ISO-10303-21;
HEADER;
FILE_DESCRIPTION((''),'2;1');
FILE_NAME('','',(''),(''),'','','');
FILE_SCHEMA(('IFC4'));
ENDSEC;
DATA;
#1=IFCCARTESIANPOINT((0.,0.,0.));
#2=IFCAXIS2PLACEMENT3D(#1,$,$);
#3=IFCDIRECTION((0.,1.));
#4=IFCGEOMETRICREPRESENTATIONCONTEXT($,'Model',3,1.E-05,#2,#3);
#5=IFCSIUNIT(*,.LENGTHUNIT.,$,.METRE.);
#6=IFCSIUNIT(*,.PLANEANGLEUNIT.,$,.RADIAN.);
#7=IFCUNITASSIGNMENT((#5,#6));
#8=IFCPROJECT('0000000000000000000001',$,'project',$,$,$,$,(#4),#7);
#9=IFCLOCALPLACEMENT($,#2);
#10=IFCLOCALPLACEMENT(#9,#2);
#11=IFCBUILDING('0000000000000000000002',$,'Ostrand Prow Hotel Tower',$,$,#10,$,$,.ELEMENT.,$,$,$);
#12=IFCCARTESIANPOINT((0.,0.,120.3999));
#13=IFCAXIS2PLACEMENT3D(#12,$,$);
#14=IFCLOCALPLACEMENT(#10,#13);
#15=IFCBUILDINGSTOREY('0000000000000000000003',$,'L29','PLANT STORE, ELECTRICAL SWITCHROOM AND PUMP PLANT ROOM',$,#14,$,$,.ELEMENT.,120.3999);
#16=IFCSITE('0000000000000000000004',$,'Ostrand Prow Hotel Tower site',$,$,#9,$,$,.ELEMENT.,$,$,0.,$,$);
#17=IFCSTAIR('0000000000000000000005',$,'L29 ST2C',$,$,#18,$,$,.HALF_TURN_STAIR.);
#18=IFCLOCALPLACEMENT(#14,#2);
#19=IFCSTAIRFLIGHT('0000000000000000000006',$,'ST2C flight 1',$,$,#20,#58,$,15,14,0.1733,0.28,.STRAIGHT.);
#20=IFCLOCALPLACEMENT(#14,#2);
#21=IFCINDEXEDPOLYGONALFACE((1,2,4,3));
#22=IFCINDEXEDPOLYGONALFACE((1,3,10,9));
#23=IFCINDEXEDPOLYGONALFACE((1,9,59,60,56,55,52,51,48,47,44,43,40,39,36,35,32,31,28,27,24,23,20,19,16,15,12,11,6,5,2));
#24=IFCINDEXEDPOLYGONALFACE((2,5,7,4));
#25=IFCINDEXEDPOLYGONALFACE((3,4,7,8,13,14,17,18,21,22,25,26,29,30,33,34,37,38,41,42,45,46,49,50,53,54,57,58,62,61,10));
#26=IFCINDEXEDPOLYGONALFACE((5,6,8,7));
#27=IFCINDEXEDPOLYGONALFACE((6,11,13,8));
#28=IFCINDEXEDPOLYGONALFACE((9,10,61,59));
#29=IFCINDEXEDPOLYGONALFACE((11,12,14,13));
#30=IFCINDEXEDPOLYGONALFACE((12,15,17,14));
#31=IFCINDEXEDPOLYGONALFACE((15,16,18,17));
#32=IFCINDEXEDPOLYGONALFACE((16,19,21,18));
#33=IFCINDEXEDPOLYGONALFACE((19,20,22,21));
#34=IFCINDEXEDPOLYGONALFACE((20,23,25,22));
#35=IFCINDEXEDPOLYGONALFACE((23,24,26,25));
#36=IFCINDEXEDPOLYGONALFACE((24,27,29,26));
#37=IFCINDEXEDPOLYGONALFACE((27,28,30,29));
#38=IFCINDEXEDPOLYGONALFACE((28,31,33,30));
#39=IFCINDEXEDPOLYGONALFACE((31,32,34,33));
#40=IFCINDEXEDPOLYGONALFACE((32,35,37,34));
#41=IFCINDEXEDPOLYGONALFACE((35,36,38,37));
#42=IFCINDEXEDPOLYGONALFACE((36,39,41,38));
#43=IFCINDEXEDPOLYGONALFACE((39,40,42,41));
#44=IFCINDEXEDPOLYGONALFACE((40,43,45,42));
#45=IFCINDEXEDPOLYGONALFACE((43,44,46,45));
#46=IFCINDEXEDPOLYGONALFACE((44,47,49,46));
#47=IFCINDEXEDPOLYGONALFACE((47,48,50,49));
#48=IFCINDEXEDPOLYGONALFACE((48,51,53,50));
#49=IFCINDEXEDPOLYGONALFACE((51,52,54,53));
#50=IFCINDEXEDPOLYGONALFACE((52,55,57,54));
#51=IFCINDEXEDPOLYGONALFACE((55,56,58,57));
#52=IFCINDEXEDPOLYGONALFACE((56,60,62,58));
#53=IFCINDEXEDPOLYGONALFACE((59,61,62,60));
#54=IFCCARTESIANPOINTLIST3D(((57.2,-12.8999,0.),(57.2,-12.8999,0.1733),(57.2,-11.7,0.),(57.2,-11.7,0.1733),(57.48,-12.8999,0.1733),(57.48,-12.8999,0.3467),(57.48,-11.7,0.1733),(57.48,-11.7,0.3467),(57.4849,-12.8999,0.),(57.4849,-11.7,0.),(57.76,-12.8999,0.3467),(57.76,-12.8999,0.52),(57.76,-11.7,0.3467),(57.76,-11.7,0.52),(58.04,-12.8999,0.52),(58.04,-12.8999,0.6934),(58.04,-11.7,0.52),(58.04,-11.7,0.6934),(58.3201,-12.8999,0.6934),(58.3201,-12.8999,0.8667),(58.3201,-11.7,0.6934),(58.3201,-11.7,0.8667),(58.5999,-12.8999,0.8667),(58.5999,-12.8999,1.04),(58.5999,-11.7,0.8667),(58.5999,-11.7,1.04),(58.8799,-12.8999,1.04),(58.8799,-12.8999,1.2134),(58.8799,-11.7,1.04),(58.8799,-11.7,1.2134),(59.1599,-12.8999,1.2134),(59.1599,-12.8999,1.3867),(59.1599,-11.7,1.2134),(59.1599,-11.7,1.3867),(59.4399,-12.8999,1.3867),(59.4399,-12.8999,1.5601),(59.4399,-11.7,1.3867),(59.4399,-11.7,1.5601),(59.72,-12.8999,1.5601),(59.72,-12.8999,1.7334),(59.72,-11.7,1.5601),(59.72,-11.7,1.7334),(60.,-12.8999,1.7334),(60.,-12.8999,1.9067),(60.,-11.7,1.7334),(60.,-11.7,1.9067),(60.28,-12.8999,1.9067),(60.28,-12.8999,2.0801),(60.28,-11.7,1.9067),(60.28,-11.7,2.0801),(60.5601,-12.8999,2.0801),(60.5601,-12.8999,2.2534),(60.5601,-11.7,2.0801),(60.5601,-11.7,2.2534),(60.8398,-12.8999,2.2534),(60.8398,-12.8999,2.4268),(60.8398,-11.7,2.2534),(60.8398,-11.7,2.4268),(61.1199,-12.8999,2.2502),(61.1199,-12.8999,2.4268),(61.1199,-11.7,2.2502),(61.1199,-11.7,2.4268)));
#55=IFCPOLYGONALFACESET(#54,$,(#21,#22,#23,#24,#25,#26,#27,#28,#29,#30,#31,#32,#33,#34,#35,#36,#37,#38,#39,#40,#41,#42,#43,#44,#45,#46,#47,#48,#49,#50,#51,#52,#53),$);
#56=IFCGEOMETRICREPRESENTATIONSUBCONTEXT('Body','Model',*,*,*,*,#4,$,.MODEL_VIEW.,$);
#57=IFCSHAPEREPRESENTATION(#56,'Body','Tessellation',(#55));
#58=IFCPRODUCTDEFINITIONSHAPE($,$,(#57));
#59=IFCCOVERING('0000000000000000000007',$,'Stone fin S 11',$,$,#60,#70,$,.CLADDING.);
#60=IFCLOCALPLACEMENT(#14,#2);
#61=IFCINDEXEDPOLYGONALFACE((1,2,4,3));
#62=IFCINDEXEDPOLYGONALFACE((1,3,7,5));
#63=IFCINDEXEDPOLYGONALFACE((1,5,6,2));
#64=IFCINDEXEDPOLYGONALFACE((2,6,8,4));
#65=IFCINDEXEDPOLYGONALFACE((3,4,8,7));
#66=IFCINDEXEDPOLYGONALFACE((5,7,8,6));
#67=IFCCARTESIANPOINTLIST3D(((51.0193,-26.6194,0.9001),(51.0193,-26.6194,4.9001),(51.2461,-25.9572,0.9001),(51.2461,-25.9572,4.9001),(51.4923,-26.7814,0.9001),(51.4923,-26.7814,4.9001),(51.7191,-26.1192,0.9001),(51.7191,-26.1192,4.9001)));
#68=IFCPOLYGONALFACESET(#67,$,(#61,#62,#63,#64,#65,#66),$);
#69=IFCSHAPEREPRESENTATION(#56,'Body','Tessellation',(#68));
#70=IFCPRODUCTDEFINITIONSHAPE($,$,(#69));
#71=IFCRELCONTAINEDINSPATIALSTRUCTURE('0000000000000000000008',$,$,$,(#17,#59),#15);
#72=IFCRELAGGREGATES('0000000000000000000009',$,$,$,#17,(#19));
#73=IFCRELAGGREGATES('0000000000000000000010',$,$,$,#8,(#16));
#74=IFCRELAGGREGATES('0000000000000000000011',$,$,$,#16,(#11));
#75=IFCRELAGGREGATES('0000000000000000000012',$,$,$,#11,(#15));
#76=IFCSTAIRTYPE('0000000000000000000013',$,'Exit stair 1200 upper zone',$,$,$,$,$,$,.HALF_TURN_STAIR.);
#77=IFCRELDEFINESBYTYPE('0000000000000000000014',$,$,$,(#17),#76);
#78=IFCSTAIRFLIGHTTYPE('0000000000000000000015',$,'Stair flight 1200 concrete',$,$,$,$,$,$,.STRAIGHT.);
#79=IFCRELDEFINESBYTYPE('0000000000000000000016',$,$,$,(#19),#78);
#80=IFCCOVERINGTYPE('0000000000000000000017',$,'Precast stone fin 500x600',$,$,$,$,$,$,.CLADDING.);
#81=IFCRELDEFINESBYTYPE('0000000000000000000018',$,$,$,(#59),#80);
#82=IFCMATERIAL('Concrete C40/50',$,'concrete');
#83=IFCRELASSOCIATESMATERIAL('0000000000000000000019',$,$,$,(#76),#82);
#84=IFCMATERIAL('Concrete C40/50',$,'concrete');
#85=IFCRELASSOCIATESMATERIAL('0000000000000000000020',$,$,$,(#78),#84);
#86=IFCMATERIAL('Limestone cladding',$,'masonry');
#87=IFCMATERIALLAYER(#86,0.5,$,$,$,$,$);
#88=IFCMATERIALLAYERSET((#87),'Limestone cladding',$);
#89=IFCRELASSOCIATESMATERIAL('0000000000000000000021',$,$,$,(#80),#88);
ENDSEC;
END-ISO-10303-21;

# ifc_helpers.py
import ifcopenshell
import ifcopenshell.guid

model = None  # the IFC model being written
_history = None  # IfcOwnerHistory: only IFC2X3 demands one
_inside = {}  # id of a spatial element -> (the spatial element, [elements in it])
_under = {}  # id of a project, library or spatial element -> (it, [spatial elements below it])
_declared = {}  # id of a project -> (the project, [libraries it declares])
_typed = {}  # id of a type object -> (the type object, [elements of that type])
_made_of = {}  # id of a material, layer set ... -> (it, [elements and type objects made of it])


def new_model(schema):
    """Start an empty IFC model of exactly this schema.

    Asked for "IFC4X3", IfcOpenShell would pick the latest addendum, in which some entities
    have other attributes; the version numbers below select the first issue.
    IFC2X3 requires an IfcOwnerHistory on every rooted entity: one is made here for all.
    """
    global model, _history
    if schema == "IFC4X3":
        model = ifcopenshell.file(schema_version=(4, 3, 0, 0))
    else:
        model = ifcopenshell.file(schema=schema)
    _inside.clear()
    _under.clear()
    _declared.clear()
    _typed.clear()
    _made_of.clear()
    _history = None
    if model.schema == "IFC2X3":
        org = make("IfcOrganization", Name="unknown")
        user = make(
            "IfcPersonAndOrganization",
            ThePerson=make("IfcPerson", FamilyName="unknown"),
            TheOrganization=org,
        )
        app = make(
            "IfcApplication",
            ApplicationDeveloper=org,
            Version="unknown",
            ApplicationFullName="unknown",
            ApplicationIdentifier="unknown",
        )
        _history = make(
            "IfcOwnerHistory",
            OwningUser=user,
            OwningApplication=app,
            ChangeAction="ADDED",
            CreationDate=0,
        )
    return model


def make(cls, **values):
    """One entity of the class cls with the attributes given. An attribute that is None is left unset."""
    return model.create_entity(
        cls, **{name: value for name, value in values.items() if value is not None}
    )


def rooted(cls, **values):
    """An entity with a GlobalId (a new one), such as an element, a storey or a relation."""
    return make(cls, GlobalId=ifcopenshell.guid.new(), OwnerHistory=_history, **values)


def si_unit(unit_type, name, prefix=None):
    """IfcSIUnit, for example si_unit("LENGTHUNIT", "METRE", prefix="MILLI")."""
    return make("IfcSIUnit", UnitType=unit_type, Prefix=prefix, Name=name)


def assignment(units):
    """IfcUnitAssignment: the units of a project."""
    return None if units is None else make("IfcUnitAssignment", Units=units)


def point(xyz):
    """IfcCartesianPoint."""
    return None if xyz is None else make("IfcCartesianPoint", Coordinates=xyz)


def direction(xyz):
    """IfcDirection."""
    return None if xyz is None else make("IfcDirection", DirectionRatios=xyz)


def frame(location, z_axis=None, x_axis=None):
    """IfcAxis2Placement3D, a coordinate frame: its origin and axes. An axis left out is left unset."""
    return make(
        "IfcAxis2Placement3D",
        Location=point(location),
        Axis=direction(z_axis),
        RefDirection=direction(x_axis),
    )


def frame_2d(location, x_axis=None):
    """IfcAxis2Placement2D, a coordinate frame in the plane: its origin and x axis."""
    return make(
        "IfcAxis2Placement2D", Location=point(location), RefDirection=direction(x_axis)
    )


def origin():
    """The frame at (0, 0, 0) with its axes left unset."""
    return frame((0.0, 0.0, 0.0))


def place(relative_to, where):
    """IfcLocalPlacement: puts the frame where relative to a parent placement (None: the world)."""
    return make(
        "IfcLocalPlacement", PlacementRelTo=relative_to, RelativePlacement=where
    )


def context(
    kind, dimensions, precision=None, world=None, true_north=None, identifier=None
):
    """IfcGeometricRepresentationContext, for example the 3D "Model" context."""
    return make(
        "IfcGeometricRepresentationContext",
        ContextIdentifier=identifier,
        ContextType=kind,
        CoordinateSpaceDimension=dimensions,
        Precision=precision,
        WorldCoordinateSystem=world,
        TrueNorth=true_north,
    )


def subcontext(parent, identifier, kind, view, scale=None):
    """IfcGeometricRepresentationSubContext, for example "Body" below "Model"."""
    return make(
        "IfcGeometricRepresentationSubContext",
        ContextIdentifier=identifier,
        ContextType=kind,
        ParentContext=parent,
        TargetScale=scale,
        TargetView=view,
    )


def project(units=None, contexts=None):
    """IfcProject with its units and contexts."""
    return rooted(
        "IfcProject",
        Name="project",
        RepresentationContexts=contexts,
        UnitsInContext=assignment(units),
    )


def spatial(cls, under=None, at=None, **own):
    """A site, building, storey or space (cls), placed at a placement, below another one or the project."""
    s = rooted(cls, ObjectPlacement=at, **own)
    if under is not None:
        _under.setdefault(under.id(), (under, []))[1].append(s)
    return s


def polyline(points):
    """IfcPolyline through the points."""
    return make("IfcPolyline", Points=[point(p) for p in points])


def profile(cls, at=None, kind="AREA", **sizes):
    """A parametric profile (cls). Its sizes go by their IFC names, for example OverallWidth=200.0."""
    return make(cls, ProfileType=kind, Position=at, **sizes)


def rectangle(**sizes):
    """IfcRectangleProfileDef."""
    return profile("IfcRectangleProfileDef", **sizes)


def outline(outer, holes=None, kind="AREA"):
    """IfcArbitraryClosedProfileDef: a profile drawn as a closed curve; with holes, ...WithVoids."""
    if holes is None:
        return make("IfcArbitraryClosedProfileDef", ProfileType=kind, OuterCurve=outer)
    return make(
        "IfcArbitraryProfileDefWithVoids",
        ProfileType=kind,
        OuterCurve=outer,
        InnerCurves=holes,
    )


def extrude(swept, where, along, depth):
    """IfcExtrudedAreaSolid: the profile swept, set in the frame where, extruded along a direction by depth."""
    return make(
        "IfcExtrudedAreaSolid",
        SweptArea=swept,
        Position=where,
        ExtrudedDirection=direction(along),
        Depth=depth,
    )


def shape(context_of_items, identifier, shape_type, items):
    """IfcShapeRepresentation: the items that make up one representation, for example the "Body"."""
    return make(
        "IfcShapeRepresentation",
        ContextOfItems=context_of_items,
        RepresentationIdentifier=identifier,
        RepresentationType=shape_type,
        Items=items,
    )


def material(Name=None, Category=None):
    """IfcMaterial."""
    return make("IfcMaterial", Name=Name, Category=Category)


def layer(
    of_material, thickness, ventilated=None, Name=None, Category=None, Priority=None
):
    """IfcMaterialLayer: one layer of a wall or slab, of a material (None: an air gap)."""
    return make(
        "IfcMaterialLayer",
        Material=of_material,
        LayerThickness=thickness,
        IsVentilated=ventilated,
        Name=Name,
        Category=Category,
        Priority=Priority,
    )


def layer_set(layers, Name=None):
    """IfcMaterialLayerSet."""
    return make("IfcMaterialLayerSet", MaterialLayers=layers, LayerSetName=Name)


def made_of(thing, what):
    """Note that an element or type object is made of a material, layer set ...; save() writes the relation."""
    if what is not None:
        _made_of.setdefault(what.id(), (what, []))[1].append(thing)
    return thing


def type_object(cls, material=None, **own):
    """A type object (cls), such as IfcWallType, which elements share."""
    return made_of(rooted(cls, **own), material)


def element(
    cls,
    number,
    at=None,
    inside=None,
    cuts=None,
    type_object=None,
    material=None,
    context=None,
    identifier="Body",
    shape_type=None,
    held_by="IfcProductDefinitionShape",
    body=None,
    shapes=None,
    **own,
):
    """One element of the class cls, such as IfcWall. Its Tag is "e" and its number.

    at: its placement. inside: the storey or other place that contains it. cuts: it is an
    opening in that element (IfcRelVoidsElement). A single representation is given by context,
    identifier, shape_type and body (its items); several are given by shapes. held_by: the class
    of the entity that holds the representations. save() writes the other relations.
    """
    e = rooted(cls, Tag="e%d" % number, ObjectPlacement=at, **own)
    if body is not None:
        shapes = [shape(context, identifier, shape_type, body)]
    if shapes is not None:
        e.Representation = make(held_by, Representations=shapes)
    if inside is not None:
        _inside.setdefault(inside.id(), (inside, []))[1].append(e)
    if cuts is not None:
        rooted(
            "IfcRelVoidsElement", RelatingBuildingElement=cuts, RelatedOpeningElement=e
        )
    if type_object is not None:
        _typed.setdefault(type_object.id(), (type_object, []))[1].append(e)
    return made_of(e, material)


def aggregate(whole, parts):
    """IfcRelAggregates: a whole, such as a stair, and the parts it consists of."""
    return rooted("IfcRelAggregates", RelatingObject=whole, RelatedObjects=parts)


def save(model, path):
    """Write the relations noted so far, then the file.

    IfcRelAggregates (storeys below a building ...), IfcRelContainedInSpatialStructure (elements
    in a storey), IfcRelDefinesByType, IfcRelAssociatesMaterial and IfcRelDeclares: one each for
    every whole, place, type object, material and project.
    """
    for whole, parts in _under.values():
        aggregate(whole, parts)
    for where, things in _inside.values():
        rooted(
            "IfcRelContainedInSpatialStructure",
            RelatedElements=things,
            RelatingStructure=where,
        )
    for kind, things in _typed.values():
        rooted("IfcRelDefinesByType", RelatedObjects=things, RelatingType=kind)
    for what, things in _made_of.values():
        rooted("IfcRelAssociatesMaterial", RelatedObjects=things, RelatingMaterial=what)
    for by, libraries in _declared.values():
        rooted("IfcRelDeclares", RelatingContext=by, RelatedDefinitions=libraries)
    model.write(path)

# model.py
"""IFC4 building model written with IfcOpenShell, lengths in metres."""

from ifc_helpers import new_model, si_unit, direction, frame, frame_2d, origin, place, context, subcontext, project, spatial, polyline, rectangle, outline, extrude, material, layer, layer_set, type_object, element, aggregate, save


model = new_model("IFC4")

# Units and contexts
model_context = context("Model", 3, precision=1e-05, world=origin(), true_north=direction((0.0, 1.0)))
body_context = subcontext(model_context, "Body", "Model", "MODEL_VIEW")
ifc_project = project(units=[si_unit("LENGTHUNIT", "METRE"), si_unit("PLANEANGLEUNIT", "RADIAN")], contexts=[model_context])

# Site, building, storey
site_placement = place(None, origin())
site = spatial("IfcSite", under=ifc_project, at=site_placement, Name="Ostrand Prow Hotel Tower site", CompositionType="ELEMENT", RefElevation=0.0)
building_placement = place(site_placement, origin())
building = spatial("IfcBuilding", under=site, at=building_placement, Name="Ostrand Prow Hotel Tower", CompositionType="ELEMENT")
storey_placement = place(building_placement, frame((0.0, 0.0, 120.3999)))
storey = spatial("IfcBuildingStorey", under=building, at=storey_placement, Name="L29", Description="PLANT STORE, ELECTRICAL SWITCHROOM AND PUMP PLANT ROOM", CompositionType="ELEMENT", Elevation=120.3999)

# Stair, stair flight
ifc_material_1 = material(Name="Concrete C40/50", Category="concrete")
stair_type = type_object("IfcStairType", Name="Exit stair 1200 upper zone", PredefinedType="HALF_TURN_STAIR", material=ifc_material_1)
stair_placement = place(storey_placement, origin())
stair = element("IfcStair", 1, at=stair_placement, inside=storey, type_object=stair_type, Name="L29 ST2C", PredefinedType="HALF_TURN_STAIR")
ifc_material_2 = material(Name="Concrete C40/50", Category="concrete")
stair_flight_type = type_object("IfcStairFlightType", Name="Stair flight 1200 concrete", PredefinedType="STRAIGHT", material=ifc_material_2)
stair_flight_placement = place(storey_placement, frame((57.2, -12.3, 0.0), z_axis=(0.0, 0.0, 1.0), x_axis=(1.0, 0.0, 0.0)))
stair_flight = element("IfcStairFlight", 2, at=stair_flight_placement, type_object=stair_flight_type, Name="ST2C flight 1", NumberOfRisers=15, NumberOfTreads=14, PredefinedType="STRAIGHT", RiserHeight=0.1733, TreadLength=0.28, context=body_context, shape_type="SweptSolid", body=[
    extrude(outline(polyline([(0.0, 0.0), (0.0, 0.1733), (0.28, 0.1733), (0.28, 0.3467), (0.5601, 0.3467), (0.5601, 0.52), (0.8401, 0.52), (0.8401, 0.6934), (1.1201, 0.6934), (1.1201, 0.8667), (1.3999, 0.8667), (1.3999, 1.04), (1.6799, 1.04), (1.6799, 1.2134), (1.96, 1.2134), (1.96, 1.3867), (2.24, 1.3867), (2.24, 1.5601), (2.52, 1.5601), (2.52, 1.7334), (2.8, 1.7334), (2.8, 1.9067), (3.0801, 1.9067), (3.0801, 2.0801), (3.3601, 2.0801), (3.3601, 2.2534), (3.6399, 2.2534), (3.6399, 2.4268), (3.9199, 2.4268), (3.9199, 2.6001), (3.9199, 2.2502), (0.2849, 0.0), (0.0, 0.0)])), frame((0.0, 0.6001, 0.0), z_axis=(0.0, -1.0, 0.0), x_axis=(1.0, 0.0, 0.0)), (0.0, 0.0, 1.0), 1.2),
])
aggregate(stair, [stair_flight])

# Covering
ifc_material_3 = material(Name="Limestone cladding", Category="masonry")
ifc_layer_1 = layer(ifc_material_3, 0.5)
ifc_layer_set_1 = layer_set([ifc_layer_1], Name="Limestone cladding")
covering_type_1 = type_object("IfcCoveringType", Name="Precast stone fin 500x600", PredefinedType="CLADDING", material=ifc_layer_set_1)
covering_1_placement = place(storey_placement, frame((51.4827, -26.0381, 0.9001), z_axis=(0.0, 0.0, 1.0), x_axis=(-0.324066, -0.946035, 0.0)))
element("IfcCovering", 3, at=covering_1_placement, inside=storey, type_object=covering_type_1, Name="Stone fin S 11", PredefinedType="CLADDING", context=body_context, shape_type="SweptSolid", body=[
    extrude(rectangle(XDim=0.7, YDim=0.5, at=frame_2d((0.3501, 0.0))), origin(), (0.0, 0.0, 1.0), 4.0),
])

save(model, "model.ifc")
